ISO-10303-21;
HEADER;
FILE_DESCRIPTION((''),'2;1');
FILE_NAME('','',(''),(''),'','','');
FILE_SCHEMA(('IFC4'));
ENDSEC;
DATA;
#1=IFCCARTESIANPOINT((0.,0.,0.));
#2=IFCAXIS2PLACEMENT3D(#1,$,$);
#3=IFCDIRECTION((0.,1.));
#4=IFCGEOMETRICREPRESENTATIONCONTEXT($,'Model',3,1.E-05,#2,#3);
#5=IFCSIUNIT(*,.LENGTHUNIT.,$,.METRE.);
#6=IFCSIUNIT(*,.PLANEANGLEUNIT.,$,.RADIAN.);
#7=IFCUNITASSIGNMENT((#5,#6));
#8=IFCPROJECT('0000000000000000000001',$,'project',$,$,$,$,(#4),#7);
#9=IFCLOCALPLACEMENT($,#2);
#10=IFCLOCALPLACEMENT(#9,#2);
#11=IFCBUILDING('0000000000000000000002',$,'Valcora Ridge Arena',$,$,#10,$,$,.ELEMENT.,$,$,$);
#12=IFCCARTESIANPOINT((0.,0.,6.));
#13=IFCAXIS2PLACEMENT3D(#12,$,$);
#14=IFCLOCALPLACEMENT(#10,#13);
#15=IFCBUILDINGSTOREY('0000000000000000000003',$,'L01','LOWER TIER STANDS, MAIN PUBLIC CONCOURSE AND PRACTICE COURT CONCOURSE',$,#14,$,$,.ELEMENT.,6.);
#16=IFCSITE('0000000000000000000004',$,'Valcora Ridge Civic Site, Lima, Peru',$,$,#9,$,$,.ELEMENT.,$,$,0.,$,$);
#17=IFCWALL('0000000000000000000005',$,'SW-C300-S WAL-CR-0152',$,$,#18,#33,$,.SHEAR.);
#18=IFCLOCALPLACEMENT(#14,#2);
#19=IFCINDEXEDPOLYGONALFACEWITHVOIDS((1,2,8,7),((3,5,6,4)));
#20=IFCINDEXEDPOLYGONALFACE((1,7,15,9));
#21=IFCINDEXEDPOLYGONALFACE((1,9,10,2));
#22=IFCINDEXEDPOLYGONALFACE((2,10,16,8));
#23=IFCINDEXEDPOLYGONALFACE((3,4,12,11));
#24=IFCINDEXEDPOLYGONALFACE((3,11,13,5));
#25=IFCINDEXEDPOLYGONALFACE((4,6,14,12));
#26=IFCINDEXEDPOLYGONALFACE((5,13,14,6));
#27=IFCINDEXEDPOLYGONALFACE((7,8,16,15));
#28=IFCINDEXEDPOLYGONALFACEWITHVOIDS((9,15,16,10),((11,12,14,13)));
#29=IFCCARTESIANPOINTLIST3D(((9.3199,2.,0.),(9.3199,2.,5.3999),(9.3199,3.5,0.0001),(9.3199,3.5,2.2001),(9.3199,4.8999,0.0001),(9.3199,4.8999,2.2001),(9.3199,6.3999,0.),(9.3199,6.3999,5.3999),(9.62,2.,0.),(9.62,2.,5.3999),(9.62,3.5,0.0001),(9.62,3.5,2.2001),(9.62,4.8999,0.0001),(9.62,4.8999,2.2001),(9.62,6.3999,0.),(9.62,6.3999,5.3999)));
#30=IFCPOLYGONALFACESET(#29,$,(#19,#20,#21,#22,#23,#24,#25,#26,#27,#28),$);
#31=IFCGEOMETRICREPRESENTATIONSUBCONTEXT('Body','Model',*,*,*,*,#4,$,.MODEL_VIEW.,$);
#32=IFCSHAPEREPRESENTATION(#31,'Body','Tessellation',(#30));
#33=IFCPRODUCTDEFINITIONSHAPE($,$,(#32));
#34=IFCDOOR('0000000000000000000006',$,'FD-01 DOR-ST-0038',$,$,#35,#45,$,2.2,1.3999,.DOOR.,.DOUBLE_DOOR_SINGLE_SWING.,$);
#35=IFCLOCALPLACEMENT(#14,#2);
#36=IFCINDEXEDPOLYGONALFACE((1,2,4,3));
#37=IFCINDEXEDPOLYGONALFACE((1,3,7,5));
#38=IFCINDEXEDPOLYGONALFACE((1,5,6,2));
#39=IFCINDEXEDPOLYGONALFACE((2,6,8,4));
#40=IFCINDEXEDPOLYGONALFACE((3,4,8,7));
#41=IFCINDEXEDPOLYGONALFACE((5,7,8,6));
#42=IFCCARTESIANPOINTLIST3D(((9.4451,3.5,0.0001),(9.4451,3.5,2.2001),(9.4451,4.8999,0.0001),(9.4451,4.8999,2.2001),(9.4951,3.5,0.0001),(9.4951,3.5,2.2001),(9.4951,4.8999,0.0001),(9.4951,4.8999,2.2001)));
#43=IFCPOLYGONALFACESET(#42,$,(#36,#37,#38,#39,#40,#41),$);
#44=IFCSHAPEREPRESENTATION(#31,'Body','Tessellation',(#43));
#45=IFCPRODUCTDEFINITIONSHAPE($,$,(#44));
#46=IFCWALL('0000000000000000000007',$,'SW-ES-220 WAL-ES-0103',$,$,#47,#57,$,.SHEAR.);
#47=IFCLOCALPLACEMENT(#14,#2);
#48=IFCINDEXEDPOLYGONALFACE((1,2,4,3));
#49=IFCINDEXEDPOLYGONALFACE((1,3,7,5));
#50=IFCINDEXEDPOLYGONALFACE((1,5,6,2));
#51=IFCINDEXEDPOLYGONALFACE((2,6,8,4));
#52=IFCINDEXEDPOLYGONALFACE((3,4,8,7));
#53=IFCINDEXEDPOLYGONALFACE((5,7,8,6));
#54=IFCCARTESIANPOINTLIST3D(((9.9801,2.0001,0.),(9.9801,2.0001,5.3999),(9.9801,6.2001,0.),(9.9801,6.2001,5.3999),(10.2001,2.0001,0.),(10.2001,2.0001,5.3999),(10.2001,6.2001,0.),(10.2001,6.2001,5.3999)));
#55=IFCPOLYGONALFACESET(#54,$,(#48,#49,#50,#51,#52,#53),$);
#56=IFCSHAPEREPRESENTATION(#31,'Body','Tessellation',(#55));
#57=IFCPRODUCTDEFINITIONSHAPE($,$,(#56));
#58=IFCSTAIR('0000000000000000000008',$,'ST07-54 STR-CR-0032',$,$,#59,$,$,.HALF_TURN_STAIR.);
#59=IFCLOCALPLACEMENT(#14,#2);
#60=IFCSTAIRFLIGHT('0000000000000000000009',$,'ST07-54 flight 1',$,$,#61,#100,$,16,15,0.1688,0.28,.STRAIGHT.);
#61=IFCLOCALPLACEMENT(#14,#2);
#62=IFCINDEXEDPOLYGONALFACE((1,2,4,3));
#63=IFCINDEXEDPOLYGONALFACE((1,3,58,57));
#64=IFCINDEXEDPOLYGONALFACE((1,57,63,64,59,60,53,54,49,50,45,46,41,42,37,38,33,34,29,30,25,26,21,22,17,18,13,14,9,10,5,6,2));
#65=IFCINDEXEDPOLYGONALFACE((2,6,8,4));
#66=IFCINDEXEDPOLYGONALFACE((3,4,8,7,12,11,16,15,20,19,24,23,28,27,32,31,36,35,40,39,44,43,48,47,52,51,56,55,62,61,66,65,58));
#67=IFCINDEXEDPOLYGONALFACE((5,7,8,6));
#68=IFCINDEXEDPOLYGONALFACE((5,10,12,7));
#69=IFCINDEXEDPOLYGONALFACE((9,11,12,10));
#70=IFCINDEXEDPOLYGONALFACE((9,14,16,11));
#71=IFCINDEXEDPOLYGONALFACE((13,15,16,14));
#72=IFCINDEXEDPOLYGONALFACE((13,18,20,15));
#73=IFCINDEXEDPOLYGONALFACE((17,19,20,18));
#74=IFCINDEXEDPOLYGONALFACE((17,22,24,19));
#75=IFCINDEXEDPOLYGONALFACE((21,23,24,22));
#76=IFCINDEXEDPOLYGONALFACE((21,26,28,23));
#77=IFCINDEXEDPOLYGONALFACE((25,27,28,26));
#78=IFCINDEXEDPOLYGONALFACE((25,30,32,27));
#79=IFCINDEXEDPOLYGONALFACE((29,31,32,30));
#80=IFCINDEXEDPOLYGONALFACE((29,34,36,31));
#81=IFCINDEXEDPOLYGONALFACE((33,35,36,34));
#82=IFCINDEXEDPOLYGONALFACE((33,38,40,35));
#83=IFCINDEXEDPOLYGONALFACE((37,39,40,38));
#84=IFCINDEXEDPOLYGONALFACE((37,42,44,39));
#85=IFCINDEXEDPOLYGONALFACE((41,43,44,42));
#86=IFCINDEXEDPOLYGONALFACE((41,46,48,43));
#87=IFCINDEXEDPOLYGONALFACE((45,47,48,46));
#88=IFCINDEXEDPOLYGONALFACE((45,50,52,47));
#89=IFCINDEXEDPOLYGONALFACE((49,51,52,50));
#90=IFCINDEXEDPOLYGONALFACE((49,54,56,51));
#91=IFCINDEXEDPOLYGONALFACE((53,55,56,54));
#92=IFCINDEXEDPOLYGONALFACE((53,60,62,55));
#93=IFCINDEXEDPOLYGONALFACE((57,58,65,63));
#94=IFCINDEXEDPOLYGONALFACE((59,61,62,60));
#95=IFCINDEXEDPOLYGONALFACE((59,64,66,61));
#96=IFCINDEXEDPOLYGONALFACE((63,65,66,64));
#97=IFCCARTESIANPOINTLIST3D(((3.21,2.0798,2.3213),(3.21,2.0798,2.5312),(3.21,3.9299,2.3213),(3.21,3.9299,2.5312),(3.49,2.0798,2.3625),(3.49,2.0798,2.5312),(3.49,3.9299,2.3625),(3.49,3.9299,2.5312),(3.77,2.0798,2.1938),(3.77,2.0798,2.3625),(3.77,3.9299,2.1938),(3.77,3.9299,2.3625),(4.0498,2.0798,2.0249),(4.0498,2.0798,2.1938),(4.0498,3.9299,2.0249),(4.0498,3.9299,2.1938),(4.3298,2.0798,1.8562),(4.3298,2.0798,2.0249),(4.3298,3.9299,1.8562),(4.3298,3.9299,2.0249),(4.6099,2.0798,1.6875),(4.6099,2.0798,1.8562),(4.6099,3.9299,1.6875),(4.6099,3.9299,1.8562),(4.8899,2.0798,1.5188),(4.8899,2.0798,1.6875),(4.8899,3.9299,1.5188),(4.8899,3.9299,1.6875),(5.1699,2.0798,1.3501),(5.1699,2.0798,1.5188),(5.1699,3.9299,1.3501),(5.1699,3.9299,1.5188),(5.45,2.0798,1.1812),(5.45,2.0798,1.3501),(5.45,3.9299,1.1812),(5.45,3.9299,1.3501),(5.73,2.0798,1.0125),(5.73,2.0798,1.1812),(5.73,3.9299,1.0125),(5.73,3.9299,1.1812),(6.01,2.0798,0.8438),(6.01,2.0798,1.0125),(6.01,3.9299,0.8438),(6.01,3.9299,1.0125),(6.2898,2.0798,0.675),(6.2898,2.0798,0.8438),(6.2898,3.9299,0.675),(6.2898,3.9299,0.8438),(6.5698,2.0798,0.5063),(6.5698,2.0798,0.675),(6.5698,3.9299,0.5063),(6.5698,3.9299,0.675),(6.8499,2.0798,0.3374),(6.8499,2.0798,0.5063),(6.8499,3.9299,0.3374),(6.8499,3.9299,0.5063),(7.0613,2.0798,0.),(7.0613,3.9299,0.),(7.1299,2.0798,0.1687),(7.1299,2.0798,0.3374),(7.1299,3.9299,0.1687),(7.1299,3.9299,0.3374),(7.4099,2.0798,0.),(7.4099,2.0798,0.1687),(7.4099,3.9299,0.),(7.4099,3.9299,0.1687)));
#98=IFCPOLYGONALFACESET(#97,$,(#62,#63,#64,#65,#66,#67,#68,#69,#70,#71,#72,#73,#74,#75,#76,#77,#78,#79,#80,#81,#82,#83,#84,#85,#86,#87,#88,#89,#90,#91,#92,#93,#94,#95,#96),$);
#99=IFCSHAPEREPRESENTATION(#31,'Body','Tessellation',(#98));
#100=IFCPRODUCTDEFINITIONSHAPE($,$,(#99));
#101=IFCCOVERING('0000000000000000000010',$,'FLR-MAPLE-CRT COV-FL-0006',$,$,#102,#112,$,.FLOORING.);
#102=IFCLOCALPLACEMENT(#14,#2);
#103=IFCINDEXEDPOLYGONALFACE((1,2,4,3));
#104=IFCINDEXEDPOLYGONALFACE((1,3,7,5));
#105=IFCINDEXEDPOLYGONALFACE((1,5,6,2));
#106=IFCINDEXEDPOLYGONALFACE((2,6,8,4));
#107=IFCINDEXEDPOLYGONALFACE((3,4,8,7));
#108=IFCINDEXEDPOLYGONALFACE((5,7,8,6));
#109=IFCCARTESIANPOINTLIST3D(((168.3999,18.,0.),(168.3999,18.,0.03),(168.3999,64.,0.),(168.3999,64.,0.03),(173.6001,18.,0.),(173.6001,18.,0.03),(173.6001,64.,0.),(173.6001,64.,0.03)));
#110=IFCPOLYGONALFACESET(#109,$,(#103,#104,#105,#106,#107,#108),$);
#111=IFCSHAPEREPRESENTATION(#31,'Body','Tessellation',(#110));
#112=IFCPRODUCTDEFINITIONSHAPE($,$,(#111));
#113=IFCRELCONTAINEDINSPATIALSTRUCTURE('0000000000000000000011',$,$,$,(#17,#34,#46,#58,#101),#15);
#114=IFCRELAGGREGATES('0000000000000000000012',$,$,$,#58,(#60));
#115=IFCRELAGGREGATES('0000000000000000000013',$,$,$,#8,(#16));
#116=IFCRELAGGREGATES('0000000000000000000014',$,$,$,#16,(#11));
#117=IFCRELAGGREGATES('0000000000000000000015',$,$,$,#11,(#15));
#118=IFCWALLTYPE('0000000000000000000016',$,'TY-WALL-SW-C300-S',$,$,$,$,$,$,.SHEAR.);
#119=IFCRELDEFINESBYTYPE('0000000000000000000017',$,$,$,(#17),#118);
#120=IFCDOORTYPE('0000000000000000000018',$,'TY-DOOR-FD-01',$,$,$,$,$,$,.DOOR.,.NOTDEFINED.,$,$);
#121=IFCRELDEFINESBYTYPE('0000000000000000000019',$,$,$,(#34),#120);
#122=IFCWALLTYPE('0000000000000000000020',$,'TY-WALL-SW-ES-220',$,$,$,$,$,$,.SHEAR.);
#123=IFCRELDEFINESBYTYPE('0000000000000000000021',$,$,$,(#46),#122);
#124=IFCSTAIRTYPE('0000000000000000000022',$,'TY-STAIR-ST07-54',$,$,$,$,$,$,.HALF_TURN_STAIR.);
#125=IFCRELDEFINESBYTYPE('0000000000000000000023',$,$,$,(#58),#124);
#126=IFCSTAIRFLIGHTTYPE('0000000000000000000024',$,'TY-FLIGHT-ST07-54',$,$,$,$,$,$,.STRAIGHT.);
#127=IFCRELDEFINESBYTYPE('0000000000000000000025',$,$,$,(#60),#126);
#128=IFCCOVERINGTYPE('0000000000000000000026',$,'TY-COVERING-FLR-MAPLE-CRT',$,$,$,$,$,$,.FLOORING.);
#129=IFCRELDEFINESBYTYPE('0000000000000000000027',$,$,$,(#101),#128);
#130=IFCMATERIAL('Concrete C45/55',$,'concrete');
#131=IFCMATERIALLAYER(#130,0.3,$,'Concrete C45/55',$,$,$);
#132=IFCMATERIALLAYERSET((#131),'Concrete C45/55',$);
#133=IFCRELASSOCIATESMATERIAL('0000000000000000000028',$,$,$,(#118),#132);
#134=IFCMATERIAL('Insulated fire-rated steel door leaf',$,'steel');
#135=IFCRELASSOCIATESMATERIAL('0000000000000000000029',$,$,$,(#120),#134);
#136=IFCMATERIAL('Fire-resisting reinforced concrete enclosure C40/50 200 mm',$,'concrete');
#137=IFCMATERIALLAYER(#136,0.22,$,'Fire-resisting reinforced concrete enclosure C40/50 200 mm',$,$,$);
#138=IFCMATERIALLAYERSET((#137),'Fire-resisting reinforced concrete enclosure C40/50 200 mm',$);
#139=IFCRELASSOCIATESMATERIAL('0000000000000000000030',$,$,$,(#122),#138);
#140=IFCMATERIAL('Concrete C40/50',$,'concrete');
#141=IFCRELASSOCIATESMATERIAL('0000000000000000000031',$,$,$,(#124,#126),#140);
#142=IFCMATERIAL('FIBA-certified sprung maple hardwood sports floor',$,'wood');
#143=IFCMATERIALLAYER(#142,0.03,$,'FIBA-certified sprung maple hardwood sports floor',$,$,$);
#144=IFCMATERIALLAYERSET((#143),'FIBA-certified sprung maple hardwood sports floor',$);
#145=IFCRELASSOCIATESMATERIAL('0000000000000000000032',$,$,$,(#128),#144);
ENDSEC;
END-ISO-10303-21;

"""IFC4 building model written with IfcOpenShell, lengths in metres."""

from ifc_helpers import new_model, si_unit, direction, frame, frame_2d, origin, place, context, subcontext, project, spatial, polyline, rectangle, outline, extrude, material, layer, layer_set, type_object, element, fill, aggregate, save


model = new_model("IFC4")

# Units and contexts
model_context = context("Model", 3, precision=1e-05, world=origin(), true_north=direction((0.0, 1.0)))
body_context = subcontext(model_context, "Body", "Model", "MODEL_VIEW")
ifc_project = project(units=[si_unit("LENGTHUNIT", "METRE"), si_unit("PLANEANGLEUNIT", "RADIAN")], contexts=[model_context])

# Site, building, storey
site_placement = place(None, origin())
site = spatial("IfcSite", under=ifc_project, at=site_placement, Name="Valcora Ridge Civic Site, Lima, Peru", CompositionType="ELEMENT", RefElevation=0.0)
building_placement = place(site_placement, origin())
building = spatial("IfcBuilding", under=site, at=building_placement, Name="Valcora Ridge Arena", CompositionType="ELEMENT")
storey_placement = place(building_placement, frame((0.0, 0.0, 6.0)))
storey = spatial("IfcBuildingStorey", under=building, at=storey_placement, Name="L01", Description="LOWER TIER STANDS, MAIN PUBLIC CONCOURSE AND PRACTICE COURT CONCOURSE", CompositionType="ELEMENT", Elevation=6.0)

# Shared definitions
ifc_material_1 = material(Name="Concrete C40/50", Category="concrete")

# Shared definitions
ifc_material_2 = material(Name="Concrete C45/55", Category="concrete")
ifc_layer_1 = layer(ifc_material_2, 0.3, Name="Concrete C45/55")
ifc_layer_set_1 = layer_set([ifc_layer_1], Name="Concrete C45/55")
wall_type_1 = type_object("IfcWallType", Name="TY-WALL-SW-C300-S", PredefinedType="SHEAR", material=ifc_layer_set_1)

# Wall, opening, door
wall_1_placement = place(storey_placement, frame((9.47, 2.0, 0.0), z_axis=(0.0, 0.0, 1.0), x_axis=(0.0, 1.0, 0.0)))
wall_1 = element("IfcWall", 1, at=wall_1_placement, inside=storey, type_object=wall_type_1, Name="SW-C300-S WAL-CR-0152", PredefinedType="SHEAR", context=body_context, shape_type="SweptSolid", body=[
    extrude(rectangle(XDim=4.3999, YDim=0.3, at=frame_2d((2.2, 0.0))), origin(), (0.0, 0.0, 1.0), 5.3999),
])
opening_1_placement = place(wall_1_placement, frame((1.5, 0.0, 0.0)))
opening_1 = element("IfcOpeningElement", 2, at=opening_1_placement, cuts=wall_1, PredefinedType="OPENING", context=body_context, shape_type="SweptSolid", body=[
    extrude(rectangle(XDim=1.3999, YDim=2.2, at=frame_2d((0.7, 1.1001))), frame((0.0, 0.1599, 0.0), z_axis=(0.0, -1.0, 0.0), x_axis=(1.0, 0.0, 0.0)), (0.0, 0.0, 1.0), 0.3201),
])
ifc_material_3 = material(Name="Insulated fire-rated steel door leaf", Category="steel")
door_type = type_object("IfcDoorType", Name="TY-DOOR-FD-01", OperationType="NOTDEFINED", PredefinedType="DOOR", material=ifc_material_3)
door_placement = place(opening_1_placement, origin())
door = element("IfcDoor", 3, at=door_placement, inside=storey, type_object=door_type, Name="FD-01 DOR-ST-0038", OperationType="DOUBLE_DOOR_SINGLE_SWING", OverallHeight=2.2, OverallWidth=1.3999, PredefinedType="DOOR", context=body_context, shape_type="SweptSolid", body=[
    extrude(rectangle(XDim=1.3999, YDim=2.2, at=frame_2d((0.7, 1.1001))), frame((0.0, 0.0249, 0.0), z_axis=(0.0, -1.0, 0.0), x_axis=(1.0, 0.0, 0.0)), (0.0, 0.0, 1.0), 0.05),
])
fill(opening_1, door)

# Wall
ifc_material_4 = material(Name="Fire-resisting reinforced concrete enclosure C40/50 200 mm", Category="concrete")
ifc_layer_2 = layer(ifc_material_4, 0.22, Name="Fire-resisting reinforced concrete enclosure C40/50 200 mm")
ifc_layer_set_2 = layer_set([ifc_layer_2], Name="Fire-resisting reinforced concrete enclosure C40/50 200 mm")
wall_type_2 = type_object("IfcWallType", Name="TY-WALL-SW-ES-220", PredefinedType="SHEAR", material=ifc_layer_set_2)
wall_2_placement = place(storey_placement, frame((10.0901, 2.0, 0.0), z_axis=(0.0, 0.0, 1.0), x_axis=(0.0, 1.0, 0.0)))
element("IfcWall", 4, at=wall_2_placement, inside=storey, type_object=wall_type_2, Name="SW-ES-220 WAL-ES-0103", PredefinedType="SHEAR", context=body_context, shape_type="SweptSolid", body=[
    extrude(rectangle(XDim=4.2, YDim=0.22, at=frame_2d((2.1001, 0.0))), origin(), (0.0, 0.0, 1.0), 5.3999),
])

# Stair, stair flight
stair_type = type_object("IfcStairType", Name="TY-STAIR-ST07-54", PredefinedType="HALF_TURN_STAIR", material=ifc_material_1)
stair_placement = place(storey_placement, origin())
stair = element("IfcStair", 5, at=stair_placement, inside=storey, type_object=stair_type, Name="ST07-54 STR-CR-0032", PredefinedType="HALF_TURN_STAIR")
stair_flight_type = type_object("IfcStairFlightType", Name="TY-FLIGHT-ST07-54", PredefinedType="STRAIGHT", material=ifc_material_1)
stair_flight_placement = place(storey_placement, frame((7.4099, 3.0049, 0.0), z_axis=(0.0, 0.0, 1.0), x_axis=(-1.0, 0.0, 0.0)))
stair_flight = element("IfcStairFlight", 6, at=stair_flight_placement, type_object=stair_flight_type, Name="ST07-54 flight 1", NumberOfRisers=16, NumberOfTreads=15, PredefinedType="STRAIGHT", RiserHeight=0.1688, TreadLength=0.28, context=body_context, shape_type="SweptSolid", body=[
    extrude(outline(polyline([(0.0, 0.0), (0.0, 0.1687), (0.28, 0.1687), (0.28, 0.3374), (0.5601, 0.3374), (0.5601, 0.5063), (0.8401, 0.5063), (0.8401, 0.675), (1.1201, 0.675), (1.1201, 0.8438), (1.3999, 0.8438), (1.3999, 1.0125), (1.6799, 1.0125), (1.6799, 1.1812), (1.96, 1.1812), (1.96, 1.3501), (2.24, 1.3501), (2.24, 1.5188), (2.52, 1.5188), (2.52, 1.6875), (2.8, 1.6875), (2.8, 1.8562), (3.0801, 1.8562), (3.0801, 2.0249), (3.3601, 2.0249), (3.3601, 2.1938), (3.6399, 2.1938), (3.6399, 2.3625), (3.9199, 2.3625), (3.9199, 2.5312), (4.2, 2.5312), (4.2, 2.7), (4.2, 2.3213), (0.3486, 0.0), (0.0, 0.0)])), frame((0.0, 0.925, 0.0), z_axis=(0.0, -1.0, 0.0), x_axis=(1.0, 0.0, 0.0)), (0.0, 0.0, 1.0), 1.8501),
])
aggregate(stair, [stair_flight])

# Covering
ifc_material_5 = material(Name="FIBA-certified sprung maple hardwood sports floor", Category="wood")
ifc_layer_3 = layer(ifc_material_5, 0.03, Name="FIBA-certified sprung maple hardwood sports floor")
ifc_layer_set_3 = layer_set([ifc_layer_3], Name="FIBA-certified sprung maple hardwood sports floor")
covering_type = type_object("IfcCoveringType", Name="TY-COVERING-FLR-MAPLE-CRT", PredefinedType="FLOORING", material=ifc_layer_set_3)
covering_placement = place(storey_placement, origin())
element("IfcCovering", 7, at=covering_placement, inside=storey, type_object=covering_type, Name="FLR-MAPLE-CRT COV-FL-0006", PredefinedType="FLOORING", context=body_context, shape_type="SweptSolid", body=[
    extrude(outline(polyline([(168.3999, 18.0), (173.6001, 18.0), (173.6001, 64.0), (168.3999, 64.0), (168.3999, 18.0)])), origin(), (0.0, 0.0, 1.0), 0.03),
])

save(model, "model.ifc")
